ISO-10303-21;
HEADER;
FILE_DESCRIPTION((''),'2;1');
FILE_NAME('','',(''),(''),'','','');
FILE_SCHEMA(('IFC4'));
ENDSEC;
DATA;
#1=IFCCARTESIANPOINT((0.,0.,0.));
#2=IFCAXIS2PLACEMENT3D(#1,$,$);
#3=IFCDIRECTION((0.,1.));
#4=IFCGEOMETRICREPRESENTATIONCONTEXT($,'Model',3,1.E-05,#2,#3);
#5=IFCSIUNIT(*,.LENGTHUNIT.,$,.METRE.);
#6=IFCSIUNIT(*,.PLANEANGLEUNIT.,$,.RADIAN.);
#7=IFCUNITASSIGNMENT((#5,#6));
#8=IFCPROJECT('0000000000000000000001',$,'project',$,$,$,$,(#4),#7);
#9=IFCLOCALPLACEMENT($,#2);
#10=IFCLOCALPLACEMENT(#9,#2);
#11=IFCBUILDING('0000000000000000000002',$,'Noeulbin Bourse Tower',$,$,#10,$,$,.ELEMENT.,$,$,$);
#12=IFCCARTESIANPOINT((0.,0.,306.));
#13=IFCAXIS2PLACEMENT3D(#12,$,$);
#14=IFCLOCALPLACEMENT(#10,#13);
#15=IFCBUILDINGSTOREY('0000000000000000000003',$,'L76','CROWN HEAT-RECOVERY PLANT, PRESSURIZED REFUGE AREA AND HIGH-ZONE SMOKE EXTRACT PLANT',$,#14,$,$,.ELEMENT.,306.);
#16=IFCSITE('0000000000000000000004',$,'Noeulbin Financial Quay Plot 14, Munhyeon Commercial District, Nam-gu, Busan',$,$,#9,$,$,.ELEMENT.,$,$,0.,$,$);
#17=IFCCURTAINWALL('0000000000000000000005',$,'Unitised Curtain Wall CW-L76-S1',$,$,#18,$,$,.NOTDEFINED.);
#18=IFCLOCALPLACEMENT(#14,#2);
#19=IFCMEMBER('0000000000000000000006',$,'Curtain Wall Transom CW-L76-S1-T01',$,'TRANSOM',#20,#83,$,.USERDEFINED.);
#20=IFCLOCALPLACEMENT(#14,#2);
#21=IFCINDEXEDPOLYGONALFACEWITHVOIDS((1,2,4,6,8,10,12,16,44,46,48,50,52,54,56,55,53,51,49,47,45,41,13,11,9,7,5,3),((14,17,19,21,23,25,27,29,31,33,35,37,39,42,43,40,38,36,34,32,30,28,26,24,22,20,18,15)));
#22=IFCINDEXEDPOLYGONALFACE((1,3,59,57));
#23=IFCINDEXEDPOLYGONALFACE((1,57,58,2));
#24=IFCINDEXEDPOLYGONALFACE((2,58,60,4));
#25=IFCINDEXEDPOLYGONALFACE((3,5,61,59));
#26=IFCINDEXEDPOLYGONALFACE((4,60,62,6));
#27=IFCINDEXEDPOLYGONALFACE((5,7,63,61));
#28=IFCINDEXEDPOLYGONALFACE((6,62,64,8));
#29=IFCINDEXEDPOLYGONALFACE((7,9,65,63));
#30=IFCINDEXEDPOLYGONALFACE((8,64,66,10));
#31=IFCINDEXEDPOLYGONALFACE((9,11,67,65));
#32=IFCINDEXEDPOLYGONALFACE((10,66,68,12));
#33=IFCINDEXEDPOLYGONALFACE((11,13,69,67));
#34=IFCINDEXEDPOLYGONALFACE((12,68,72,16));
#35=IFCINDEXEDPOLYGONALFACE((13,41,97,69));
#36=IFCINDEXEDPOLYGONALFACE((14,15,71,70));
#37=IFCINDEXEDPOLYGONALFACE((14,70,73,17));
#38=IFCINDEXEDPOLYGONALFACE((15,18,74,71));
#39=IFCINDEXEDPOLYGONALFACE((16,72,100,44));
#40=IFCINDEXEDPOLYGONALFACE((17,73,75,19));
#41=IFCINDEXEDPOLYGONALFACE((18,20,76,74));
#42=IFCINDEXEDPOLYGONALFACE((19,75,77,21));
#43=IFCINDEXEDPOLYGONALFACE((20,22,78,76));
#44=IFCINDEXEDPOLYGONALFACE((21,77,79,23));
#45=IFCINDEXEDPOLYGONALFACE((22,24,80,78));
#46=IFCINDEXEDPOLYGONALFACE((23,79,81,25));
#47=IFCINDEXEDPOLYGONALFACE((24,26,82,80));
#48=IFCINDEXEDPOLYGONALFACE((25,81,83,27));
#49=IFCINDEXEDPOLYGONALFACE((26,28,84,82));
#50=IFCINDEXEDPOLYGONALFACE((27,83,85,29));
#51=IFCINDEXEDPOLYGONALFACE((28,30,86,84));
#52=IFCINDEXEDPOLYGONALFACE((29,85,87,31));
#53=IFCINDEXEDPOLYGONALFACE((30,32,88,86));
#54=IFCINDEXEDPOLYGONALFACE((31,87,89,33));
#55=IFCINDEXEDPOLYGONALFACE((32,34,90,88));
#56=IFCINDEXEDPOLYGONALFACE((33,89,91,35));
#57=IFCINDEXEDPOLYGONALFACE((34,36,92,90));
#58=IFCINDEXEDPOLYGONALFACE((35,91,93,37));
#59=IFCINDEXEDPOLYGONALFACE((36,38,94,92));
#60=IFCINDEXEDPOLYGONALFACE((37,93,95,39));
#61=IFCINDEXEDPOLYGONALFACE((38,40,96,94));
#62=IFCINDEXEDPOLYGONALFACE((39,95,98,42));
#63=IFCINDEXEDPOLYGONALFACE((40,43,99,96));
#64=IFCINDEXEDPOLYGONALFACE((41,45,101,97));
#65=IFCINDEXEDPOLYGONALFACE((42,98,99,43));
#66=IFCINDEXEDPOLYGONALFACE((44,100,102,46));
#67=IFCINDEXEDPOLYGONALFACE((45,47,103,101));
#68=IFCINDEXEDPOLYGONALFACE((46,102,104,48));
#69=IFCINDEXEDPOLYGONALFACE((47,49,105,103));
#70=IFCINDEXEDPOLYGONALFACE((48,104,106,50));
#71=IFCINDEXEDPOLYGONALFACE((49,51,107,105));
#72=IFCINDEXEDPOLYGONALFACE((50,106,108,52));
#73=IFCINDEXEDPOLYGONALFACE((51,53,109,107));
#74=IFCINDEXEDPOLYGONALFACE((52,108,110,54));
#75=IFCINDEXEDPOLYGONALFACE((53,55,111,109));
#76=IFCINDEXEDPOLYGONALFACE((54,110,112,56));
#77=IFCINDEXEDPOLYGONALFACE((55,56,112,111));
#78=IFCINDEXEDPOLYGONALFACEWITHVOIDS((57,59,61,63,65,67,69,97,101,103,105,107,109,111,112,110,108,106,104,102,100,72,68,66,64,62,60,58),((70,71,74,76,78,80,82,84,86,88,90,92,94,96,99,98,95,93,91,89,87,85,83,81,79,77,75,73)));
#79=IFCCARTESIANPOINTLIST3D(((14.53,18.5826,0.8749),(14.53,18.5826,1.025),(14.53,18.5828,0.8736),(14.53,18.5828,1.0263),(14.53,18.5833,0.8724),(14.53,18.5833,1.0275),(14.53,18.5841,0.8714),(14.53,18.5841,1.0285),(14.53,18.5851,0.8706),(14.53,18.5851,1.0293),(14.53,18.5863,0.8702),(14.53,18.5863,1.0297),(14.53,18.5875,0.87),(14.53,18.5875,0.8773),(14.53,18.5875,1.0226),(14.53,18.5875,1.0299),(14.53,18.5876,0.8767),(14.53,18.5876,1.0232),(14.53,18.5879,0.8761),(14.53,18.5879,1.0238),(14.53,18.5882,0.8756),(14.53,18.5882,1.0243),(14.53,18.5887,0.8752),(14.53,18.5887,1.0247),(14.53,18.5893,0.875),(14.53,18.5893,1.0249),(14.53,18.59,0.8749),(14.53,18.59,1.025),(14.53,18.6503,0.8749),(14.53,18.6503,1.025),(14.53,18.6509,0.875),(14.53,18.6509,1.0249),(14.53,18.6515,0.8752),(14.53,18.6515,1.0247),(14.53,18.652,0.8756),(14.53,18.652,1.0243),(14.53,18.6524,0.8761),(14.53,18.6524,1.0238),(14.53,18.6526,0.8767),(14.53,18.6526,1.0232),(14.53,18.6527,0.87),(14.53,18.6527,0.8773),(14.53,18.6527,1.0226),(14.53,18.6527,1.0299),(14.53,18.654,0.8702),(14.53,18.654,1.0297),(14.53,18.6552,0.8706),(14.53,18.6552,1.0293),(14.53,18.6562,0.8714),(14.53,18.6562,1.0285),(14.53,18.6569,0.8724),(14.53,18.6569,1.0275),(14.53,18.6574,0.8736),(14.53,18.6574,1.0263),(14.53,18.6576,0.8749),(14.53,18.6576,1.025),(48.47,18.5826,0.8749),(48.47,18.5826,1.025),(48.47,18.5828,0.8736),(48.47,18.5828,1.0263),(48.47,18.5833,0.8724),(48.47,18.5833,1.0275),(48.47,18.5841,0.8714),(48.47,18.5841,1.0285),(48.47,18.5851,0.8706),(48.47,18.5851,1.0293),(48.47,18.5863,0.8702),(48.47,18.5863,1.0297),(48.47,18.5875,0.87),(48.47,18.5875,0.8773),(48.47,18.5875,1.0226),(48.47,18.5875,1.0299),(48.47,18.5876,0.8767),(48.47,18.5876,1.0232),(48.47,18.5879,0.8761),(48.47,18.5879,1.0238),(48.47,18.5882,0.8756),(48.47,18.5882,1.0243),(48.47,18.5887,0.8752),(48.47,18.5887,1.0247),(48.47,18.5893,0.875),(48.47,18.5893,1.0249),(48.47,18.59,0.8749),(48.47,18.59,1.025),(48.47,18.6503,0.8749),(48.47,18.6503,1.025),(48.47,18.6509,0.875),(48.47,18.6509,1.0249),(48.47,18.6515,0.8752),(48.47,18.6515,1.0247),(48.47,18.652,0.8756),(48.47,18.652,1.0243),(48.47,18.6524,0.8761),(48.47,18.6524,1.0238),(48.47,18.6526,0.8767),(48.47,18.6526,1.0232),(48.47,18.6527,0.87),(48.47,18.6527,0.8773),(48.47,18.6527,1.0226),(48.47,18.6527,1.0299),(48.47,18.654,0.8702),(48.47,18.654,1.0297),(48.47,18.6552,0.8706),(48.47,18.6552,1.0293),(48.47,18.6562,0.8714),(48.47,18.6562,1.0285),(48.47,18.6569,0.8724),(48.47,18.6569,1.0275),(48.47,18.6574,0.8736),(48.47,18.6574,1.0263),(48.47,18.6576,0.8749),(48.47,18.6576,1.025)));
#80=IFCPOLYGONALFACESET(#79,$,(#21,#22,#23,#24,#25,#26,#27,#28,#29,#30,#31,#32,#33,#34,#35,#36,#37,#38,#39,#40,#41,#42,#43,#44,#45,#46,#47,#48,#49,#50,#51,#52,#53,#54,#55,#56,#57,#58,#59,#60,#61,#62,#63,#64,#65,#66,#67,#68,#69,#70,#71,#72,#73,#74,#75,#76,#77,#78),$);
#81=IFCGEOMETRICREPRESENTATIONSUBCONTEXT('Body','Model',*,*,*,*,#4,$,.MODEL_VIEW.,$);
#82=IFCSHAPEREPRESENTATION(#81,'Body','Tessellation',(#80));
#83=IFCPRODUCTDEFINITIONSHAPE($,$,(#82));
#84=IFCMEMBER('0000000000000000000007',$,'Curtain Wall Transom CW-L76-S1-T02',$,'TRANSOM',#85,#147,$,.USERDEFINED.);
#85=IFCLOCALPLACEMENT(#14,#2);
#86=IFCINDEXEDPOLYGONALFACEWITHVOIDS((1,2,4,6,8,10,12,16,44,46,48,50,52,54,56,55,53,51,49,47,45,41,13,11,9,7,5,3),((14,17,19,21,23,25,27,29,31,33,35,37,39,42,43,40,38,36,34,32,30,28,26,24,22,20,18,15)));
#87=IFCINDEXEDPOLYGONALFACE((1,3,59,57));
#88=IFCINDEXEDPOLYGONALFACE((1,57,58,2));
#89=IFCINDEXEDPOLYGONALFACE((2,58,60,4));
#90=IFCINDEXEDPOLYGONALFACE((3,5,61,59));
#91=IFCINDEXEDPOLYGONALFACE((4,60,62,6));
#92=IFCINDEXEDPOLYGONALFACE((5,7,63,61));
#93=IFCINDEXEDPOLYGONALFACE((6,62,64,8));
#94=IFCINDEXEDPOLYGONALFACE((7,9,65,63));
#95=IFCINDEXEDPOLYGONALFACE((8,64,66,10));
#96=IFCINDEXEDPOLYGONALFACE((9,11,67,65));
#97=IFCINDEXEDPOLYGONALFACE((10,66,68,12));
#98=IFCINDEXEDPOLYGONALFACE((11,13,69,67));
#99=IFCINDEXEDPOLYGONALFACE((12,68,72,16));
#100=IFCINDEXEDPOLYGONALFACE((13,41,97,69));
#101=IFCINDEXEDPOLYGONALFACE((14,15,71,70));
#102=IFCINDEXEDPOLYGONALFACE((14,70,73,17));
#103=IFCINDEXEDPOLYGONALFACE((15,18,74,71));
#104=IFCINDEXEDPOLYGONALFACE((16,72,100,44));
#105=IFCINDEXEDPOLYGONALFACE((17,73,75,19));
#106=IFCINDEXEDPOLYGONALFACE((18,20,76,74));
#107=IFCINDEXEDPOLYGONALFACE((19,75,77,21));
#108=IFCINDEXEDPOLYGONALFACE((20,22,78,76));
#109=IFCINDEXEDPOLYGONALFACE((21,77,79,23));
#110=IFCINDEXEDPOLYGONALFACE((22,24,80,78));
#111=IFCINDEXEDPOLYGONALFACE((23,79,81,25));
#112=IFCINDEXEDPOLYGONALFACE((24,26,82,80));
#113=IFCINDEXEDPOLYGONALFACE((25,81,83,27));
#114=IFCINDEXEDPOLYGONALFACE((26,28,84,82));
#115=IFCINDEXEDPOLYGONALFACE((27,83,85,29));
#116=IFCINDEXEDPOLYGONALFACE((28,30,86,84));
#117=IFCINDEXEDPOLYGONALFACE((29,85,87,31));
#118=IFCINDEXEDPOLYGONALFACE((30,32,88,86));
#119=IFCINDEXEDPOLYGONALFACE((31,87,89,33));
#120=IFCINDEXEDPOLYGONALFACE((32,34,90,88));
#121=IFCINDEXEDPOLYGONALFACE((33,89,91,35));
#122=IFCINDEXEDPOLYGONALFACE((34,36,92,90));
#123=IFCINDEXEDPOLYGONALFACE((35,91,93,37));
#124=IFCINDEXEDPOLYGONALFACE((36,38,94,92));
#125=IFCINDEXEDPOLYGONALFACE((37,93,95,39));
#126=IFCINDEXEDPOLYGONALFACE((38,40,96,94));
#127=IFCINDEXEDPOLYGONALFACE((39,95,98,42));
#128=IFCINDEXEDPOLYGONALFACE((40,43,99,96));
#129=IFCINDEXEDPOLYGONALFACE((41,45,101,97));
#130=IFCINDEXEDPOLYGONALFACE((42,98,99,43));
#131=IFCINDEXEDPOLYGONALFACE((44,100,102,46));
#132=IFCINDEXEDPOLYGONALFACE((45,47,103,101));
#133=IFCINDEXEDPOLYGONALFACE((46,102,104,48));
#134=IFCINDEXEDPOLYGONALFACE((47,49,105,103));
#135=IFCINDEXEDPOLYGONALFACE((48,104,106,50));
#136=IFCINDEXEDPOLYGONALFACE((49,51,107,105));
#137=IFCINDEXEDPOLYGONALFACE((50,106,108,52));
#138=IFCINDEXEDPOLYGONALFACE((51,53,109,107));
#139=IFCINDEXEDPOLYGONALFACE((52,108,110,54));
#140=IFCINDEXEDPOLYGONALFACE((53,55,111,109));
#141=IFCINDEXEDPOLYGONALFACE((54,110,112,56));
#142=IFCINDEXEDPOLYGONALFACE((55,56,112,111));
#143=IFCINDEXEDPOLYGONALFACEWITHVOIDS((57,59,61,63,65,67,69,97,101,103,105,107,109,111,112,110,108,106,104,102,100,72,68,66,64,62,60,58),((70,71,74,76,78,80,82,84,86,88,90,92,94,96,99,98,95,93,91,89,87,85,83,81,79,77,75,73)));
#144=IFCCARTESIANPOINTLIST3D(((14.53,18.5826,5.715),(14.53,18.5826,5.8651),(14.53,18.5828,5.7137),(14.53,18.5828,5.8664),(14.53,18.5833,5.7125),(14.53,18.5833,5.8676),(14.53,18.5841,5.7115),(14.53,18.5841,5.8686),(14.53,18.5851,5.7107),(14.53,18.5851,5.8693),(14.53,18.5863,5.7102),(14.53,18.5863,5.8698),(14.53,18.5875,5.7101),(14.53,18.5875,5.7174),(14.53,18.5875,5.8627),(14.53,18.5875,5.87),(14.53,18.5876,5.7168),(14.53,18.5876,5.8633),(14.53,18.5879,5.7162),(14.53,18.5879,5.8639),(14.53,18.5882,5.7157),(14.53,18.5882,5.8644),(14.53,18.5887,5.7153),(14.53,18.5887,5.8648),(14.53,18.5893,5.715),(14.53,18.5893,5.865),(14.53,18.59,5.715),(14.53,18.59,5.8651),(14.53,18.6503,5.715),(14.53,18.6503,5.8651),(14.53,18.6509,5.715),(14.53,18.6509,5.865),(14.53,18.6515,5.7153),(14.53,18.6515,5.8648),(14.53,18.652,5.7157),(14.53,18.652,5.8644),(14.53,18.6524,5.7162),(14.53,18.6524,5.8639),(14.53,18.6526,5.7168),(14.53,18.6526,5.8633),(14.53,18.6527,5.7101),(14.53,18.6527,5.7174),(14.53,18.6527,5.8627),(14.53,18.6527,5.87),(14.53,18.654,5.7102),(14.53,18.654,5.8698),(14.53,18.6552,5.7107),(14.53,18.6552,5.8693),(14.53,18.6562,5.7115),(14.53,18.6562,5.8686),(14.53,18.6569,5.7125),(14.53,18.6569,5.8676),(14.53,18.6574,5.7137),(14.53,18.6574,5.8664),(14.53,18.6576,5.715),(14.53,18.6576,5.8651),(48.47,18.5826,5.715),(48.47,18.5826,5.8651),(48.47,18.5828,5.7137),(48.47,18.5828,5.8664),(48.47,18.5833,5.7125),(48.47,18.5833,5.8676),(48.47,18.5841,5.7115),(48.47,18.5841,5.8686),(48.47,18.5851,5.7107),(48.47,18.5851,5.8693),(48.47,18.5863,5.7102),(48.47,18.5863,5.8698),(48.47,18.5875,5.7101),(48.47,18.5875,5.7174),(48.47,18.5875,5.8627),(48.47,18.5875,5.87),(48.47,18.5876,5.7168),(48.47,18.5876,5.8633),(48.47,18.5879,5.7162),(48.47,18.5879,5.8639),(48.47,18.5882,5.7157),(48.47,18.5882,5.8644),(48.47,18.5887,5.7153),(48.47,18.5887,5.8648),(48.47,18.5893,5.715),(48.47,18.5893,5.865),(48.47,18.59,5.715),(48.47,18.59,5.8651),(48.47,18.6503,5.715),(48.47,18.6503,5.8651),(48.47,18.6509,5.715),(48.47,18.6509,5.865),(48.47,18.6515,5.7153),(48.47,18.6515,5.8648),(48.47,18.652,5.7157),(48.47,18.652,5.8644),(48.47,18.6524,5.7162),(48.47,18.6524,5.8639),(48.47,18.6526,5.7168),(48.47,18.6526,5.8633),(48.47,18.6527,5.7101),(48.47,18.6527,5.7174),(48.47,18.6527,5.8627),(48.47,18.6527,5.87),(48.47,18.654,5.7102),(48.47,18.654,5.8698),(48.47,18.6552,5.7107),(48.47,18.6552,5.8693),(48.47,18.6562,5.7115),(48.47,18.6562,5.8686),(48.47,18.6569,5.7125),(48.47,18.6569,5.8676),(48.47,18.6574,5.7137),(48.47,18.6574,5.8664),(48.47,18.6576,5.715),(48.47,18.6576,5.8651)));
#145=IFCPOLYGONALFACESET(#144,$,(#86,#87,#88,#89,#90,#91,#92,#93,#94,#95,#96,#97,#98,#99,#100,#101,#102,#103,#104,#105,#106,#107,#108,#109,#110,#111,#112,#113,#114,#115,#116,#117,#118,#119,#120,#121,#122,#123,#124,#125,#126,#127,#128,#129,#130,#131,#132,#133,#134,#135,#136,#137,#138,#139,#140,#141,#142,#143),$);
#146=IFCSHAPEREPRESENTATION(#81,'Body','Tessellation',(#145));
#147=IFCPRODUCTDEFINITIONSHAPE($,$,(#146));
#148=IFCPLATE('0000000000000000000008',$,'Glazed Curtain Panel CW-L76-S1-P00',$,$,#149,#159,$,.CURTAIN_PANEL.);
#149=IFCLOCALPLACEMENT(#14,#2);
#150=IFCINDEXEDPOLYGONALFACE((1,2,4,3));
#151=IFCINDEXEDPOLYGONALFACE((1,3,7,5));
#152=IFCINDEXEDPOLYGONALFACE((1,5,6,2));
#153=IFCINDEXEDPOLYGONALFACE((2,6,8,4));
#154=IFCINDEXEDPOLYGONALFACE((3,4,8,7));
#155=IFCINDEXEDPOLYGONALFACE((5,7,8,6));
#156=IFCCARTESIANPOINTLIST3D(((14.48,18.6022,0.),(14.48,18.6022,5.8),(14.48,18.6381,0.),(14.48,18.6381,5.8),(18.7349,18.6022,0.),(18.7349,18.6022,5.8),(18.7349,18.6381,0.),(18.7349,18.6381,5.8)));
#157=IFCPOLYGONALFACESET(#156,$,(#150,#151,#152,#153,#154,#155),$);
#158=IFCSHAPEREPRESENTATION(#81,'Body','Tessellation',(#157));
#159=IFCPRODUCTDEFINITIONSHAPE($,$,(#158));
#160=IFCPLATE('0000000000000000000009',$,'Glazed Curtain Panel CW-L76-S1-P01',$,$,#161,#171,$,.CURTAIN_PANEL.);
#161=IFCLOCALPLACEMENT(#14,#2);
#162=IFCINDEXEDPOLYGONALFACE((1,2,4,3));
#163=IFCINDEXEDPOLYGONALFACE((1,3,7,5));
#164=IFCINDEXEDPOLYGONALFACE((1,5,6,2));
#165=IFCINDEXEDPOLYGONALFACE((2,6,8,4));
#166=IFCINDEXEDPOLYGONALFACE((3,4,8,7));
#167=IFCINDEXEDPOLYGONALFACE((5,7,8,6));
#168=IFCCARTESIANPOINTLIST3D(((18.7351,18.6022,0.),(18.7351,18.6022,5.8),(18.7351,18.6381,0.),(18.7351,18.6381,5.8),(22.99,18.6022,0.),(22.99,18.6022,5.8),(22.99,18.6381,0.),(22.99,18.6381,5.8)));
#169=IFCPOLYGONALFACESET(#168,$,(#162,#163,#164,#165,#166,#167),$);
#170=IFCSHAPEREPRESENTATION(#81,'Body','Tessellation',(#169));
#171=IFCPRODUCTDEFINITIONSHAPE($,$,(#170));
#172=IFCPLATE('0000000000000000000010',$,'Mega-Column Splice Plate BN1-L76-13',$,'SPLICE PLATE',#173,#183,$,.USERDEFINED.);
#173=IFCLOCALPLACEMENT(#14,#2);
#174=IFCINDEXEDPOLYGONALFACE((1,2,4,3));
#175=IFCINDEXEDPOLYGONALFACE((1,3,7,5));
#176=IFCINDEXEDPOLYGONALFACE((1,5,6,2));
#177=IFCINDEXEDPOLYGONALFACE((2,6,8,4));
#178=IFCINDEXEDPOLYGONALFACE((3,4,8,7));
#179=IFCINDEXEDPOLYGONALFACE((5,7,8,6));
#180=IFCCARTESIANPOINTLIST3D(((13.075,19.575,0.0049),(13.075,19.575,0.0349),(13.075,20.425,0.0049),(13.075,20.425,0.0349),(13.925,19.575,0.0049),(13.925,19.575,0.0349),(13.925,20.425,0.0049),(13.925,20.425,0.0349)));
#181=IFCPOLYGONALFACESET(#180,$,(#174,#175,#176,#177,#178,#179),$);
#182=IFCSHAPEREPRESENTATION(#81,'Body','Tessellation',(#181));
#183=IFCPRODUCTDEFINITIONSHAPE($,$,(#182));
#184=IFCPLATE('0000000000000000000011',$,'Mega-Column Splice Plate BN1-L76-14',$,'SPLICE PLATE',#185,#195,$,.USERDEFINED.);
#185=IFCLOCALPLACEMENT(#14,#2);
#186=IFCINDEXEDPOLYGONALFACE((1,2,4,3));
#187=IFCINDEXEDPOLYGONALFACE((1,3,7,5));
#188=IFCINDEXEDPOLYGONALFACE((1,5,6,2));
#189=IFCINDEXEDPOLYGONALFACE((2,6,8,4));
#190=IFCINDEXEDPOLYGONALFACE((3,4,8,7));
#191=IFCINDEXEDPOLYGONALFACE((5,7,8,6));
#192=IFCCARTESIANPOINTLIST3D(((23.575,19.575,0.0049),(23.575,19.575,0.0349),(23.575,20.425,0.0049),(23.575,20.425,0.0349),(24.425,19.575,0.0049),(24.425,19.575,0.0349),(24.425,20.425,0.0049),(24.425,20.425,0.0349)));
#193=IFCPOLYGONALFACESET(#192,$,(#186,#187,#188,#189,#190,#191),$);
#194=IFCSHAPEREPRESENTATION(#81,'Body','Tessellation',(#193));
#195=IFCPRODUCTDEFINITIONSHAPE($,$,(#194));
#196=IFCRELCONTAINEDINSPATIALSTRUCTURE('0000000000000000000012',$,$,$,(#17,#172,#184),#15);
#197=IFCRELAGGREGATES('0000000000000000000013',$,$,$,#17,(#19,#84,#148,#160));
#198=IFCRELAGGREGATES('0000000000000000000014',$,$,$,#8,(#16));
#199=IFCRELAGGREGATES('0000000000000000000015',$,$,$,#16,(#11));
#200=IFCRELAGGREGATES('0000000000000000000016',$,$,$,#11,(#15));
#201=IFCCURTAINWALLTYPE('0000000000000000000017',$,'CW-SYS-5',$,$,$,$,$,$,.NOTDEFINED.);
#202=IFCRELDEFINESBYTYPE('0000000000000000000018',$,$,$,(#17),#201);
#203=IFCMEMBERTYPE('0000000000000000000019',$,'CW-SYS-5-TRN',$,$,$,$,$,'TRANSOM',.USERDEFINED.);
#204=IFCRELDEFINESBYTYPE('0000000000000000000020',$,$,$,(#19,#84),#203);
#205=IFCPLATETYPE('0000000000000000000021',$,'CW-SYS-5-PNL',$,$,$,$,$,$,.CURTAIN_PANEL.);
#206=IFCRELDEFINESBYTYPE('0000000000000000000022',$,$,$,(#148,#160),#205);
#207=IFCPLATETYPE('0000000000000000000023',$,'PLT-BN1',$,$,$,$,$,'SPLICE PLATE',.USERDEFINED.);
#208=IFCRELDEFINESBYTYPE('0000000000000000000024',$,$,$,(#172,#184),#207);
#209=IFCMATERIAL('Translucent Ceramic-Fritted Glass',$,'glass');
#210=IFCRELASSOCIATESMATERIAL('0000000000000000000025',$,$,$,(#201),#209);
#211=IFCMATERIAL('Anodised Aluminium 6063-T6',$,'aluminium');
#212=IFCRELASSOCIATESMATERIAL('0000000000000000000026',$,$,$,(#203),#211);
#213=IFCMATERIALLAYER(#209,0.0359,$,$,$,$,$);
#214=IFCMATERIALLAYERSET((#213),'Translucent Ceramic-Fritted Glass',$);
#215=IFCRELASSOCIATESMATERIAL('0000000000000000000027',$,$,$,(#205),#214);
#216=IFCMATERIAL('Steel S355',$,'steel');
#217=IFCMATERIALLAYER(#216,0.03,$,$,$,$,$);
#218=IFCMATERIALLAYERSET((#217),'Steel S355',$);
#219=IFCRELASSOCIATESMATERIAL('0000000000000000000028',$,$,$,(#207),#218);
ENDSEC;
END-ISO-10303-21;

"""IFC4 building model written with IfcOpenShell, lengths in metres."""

from ifc_helpers import new_model, si_unit, direction, frame, origin, origin_2d, place, context, subcontext, project, spatial, rectangle, hollow_rectangle, extrude, material, layer, layer_set, material_profile, profile_set, type_object, element, aggregate, save


model = new_model("IFC4")

# Units and contexts
model_context = context("Model", 3, precision=1e-05, world=origin(), true_north=direction((0.0, 1.0)))
body_context = subcontext(model_context, "Body", "Model", "MODEL_VIEW")
ifc_project = project(units=[si_unit("LENGTHUNIT", "METRE"), si_unit("PLANEANGLEUNIT", "RADIAN")], contexts=[model_context])

# Site, building, storey
site_placement = place(None, origin())
site = spatial("IfcSite", under=ifc_project, at=site_placement, Name="Noeulbin Financial Quay Plot 14, Munhyeon Commercial District, Nam-gu, Busan", CompositionType="ELEMENT", RefElevation=0.0)
building_placement = place(site_placement, origin())
building = spatial("IfcBuilding", under=site, at=building_placement, Name="Noeulbin Bourse Tower", CompositionType="ELEMENT")
storey_placement = place(building_placement, frame((0.0, 0.0, 306.0)))
storey = spatial("IfcBuildingStorey", under=building, at=storey_placement, Name="L76", Description="CROWN HEAT-RECOVERY PLANT, PRESSURIZED REFUGE AREA AND HIGH-ZONE SMOKE EXTRACT PLANT", CompositionType="ELEMENT", Elevation=306.0)

# Shared definitions
ifc_material_1 = material(Name="Steel S355", Category="steel")

# Curtain wall, members, plates
ifc_material_2 = material(Name="Translucent Ceramic-Fritted Glass", Category="glass")
curtain_wall_type = type_object("IfcCurtainWallType", Name="CW-SYS-5", PredefinedType="NOTDEFINED", material=ifc_material_2)
curtain_wall_placement = place(storey_placement, origin())
curtain_wall = element("IfcCurtainWall", 1, at=curtain_wall_placement, inside=storey, type_object=curtain_wall_type, Name="Unitised Curtain Wall CW-L76-S1", PredefinedType="NOTDEFINED")
ifc_material_3 = material(Name="Anodised Aluminium 6063-T6", Category="aluminium")
ifc_material_profile_1 = material_profile(ifc_material_3, hollow_rectangle(XDim=0.075, YDim=0.1599, WallThickness=0.0049, InnerFilletRadius=0.0024, OuterFilletRadius=0.0049, at=origin_2d()), Name="ALU-TRAN-75x160x5", Category="LoadBearing")
ifc_profile_set_1 = profile_set([ifc_material_profile_1], Name="Anodised Aluminium 6063-T6")
member_type_1 = type_object("IfcMemberType", Name="CW-SYS-5-TRN", ElementType="TRANSOM", PredefinedType="USERDEFINED", material=ifc_profile_set_1)
member_1_placement = place(storey_placement, frame((14.53, 18.6201, 0.95), z_axis=(1.0, 0.0, 0.0), x_axis=(0.0, 1.0, 0.0)))
member_1 = element("IfcMember", 2, at=member_1_placement, type_object=member_type_1, Name="Curtain Wall Transom CW-L76-S1-T01", ObjectType="TRANSOM", PredefinedType="USERDEFINED", context=body_context, shape_type="SweptSolid", body=[
    extrude(hollow_rectangle(XDim=0.075, YDim=0.1599, WallThickness=0.0049, InnerFilletRadius=0.0024, OuterFilletRadius=0.0049, at=origin_2d()), origin(), (0.0, 0.0, 1.0), 33.9399),
])
member_2_placement = place(storey_placement, frame((14.53, 18.6201, 5.79), z_axis=(1.0, 0.0, 0.0), x_axis=(0.0, 1.0, 0.0)))
member_2 = element("IfcMember", 3, at=member_2_placement, type_object=member_type_1, Name="Curtain Wall Transom CW-L76-S1-T02", ObjectType="TRANSOM", PredefinedType="USERDEFINED", context=body_context, shape_type="SweptSolid", body=[
    extrude(hollow_rectangle(XDim=0.075, YDim=0.1599, WallThickness=0.0049, InnerFilletRadius=0.0024, OuterFilletRadius=0.0049, at=origin_2d()), origin(), (0.0, 0.0, 1.0), 33.9399),
])
ifc_layer_1 = layer(ifc_material_2, 0.0359)
ifc_layer_set_1 = layer_set([ifc_layer_1], Name="Translucent Ceramic-Fritted Glass")
plate_type_1 = type_object("IfcPlateType", Name="CW-SYS-5-PNL", PredefinedType="CURTAIN_PANEL", material=ifc_layer_set_1)
plate_1_placement = place(storey_placement, frame((16.6074, 18.6201, 0.0), z_axis=(0.0, 0.0, 1.0), x_axis=(1.0, 0.0, 0.0)))
plate_1 = element("IfcPlate", 4, at=plate_1_placement, type_object=plate_type_1, Name="Glazed Curtain Panel CW-L76-S1-P00", PredefinedType="CURTAIN_PANEL", context=body_context, shape_type="SweptSolid", body=[
    extrude(rectangle(XDim=4.2549, YDim=0.0359, at=origin_2d()), origin(), (0.0, 0.0, 1.0), 5.8),
])
plate_2_placement = place(storey_placement, frame((20.8625, 18.6201, 0.0), z_axis=(0.0, 0.0, 1.0), x_axis=(1.0, 0.0, 0.0)))
plate_2 = element("IfcPlate", 5, at=plate_2_placement, type_object=plate_type_1, Name="Glazed Curtain Panel CW-L76-S1-P01", PredefinedType="CURTAIN_PANEL", context=body_context, shape_type="SweptSolid", body=[
    extrude(rectangle(XDim=4.2549, YDim=0.0359, at=origin_2d()), origin(), (0.0, 0.0, 1.0), 5.8),
])
aggregate(curtain_wall, [member_1, member_2, plate_1, plate_2])

# Plates
ifc_layer_2 = layer(ifc_material_1, 0.03)
ifc_layer_set_2 = layer_set([ifc_layer_2], Name="Steel S355")
plate_type_2 = type_object("IfcPlateType", Name="PLT-BN1", ElementType="SPLICE PLATE", PredefinedType="USERDEFINED", material=ifc_layer_set_2)
for number, where, z_axis, x_axis, name in (
    (6, (13.5, 20.0, 0.0049), (0.0, 0.0, 1.0), (1.0, 0.0, 0.0), "Mega-Column Splice Plate BN1-L76-13"),
    (7, (24.0, 20.0, 0.0049), (0.0, 0.0, 1.0), (1.0, 0.0, 0.0), "Mega-Column Splice Plate BN1-L76-14"),
):
    element("IfcPlate", number, at=place(storey_placement, frame(where, z_axis=z_axis, x_axis=x_axis)), inside=storey, type_object=plate_type_2, Name=name, ObjectType="SPLICE PLATE", PredefinedType="USERDEFINED", context=body_context, shape_type="SweptSolid", body=[
        extrude(rectangle(XDim=0.8501, YDim=0.8501, at=origin_2d()), origin(), (0.0, 0.0, 1.0), 0.03),
    ])

save(model, "model.ifc")
